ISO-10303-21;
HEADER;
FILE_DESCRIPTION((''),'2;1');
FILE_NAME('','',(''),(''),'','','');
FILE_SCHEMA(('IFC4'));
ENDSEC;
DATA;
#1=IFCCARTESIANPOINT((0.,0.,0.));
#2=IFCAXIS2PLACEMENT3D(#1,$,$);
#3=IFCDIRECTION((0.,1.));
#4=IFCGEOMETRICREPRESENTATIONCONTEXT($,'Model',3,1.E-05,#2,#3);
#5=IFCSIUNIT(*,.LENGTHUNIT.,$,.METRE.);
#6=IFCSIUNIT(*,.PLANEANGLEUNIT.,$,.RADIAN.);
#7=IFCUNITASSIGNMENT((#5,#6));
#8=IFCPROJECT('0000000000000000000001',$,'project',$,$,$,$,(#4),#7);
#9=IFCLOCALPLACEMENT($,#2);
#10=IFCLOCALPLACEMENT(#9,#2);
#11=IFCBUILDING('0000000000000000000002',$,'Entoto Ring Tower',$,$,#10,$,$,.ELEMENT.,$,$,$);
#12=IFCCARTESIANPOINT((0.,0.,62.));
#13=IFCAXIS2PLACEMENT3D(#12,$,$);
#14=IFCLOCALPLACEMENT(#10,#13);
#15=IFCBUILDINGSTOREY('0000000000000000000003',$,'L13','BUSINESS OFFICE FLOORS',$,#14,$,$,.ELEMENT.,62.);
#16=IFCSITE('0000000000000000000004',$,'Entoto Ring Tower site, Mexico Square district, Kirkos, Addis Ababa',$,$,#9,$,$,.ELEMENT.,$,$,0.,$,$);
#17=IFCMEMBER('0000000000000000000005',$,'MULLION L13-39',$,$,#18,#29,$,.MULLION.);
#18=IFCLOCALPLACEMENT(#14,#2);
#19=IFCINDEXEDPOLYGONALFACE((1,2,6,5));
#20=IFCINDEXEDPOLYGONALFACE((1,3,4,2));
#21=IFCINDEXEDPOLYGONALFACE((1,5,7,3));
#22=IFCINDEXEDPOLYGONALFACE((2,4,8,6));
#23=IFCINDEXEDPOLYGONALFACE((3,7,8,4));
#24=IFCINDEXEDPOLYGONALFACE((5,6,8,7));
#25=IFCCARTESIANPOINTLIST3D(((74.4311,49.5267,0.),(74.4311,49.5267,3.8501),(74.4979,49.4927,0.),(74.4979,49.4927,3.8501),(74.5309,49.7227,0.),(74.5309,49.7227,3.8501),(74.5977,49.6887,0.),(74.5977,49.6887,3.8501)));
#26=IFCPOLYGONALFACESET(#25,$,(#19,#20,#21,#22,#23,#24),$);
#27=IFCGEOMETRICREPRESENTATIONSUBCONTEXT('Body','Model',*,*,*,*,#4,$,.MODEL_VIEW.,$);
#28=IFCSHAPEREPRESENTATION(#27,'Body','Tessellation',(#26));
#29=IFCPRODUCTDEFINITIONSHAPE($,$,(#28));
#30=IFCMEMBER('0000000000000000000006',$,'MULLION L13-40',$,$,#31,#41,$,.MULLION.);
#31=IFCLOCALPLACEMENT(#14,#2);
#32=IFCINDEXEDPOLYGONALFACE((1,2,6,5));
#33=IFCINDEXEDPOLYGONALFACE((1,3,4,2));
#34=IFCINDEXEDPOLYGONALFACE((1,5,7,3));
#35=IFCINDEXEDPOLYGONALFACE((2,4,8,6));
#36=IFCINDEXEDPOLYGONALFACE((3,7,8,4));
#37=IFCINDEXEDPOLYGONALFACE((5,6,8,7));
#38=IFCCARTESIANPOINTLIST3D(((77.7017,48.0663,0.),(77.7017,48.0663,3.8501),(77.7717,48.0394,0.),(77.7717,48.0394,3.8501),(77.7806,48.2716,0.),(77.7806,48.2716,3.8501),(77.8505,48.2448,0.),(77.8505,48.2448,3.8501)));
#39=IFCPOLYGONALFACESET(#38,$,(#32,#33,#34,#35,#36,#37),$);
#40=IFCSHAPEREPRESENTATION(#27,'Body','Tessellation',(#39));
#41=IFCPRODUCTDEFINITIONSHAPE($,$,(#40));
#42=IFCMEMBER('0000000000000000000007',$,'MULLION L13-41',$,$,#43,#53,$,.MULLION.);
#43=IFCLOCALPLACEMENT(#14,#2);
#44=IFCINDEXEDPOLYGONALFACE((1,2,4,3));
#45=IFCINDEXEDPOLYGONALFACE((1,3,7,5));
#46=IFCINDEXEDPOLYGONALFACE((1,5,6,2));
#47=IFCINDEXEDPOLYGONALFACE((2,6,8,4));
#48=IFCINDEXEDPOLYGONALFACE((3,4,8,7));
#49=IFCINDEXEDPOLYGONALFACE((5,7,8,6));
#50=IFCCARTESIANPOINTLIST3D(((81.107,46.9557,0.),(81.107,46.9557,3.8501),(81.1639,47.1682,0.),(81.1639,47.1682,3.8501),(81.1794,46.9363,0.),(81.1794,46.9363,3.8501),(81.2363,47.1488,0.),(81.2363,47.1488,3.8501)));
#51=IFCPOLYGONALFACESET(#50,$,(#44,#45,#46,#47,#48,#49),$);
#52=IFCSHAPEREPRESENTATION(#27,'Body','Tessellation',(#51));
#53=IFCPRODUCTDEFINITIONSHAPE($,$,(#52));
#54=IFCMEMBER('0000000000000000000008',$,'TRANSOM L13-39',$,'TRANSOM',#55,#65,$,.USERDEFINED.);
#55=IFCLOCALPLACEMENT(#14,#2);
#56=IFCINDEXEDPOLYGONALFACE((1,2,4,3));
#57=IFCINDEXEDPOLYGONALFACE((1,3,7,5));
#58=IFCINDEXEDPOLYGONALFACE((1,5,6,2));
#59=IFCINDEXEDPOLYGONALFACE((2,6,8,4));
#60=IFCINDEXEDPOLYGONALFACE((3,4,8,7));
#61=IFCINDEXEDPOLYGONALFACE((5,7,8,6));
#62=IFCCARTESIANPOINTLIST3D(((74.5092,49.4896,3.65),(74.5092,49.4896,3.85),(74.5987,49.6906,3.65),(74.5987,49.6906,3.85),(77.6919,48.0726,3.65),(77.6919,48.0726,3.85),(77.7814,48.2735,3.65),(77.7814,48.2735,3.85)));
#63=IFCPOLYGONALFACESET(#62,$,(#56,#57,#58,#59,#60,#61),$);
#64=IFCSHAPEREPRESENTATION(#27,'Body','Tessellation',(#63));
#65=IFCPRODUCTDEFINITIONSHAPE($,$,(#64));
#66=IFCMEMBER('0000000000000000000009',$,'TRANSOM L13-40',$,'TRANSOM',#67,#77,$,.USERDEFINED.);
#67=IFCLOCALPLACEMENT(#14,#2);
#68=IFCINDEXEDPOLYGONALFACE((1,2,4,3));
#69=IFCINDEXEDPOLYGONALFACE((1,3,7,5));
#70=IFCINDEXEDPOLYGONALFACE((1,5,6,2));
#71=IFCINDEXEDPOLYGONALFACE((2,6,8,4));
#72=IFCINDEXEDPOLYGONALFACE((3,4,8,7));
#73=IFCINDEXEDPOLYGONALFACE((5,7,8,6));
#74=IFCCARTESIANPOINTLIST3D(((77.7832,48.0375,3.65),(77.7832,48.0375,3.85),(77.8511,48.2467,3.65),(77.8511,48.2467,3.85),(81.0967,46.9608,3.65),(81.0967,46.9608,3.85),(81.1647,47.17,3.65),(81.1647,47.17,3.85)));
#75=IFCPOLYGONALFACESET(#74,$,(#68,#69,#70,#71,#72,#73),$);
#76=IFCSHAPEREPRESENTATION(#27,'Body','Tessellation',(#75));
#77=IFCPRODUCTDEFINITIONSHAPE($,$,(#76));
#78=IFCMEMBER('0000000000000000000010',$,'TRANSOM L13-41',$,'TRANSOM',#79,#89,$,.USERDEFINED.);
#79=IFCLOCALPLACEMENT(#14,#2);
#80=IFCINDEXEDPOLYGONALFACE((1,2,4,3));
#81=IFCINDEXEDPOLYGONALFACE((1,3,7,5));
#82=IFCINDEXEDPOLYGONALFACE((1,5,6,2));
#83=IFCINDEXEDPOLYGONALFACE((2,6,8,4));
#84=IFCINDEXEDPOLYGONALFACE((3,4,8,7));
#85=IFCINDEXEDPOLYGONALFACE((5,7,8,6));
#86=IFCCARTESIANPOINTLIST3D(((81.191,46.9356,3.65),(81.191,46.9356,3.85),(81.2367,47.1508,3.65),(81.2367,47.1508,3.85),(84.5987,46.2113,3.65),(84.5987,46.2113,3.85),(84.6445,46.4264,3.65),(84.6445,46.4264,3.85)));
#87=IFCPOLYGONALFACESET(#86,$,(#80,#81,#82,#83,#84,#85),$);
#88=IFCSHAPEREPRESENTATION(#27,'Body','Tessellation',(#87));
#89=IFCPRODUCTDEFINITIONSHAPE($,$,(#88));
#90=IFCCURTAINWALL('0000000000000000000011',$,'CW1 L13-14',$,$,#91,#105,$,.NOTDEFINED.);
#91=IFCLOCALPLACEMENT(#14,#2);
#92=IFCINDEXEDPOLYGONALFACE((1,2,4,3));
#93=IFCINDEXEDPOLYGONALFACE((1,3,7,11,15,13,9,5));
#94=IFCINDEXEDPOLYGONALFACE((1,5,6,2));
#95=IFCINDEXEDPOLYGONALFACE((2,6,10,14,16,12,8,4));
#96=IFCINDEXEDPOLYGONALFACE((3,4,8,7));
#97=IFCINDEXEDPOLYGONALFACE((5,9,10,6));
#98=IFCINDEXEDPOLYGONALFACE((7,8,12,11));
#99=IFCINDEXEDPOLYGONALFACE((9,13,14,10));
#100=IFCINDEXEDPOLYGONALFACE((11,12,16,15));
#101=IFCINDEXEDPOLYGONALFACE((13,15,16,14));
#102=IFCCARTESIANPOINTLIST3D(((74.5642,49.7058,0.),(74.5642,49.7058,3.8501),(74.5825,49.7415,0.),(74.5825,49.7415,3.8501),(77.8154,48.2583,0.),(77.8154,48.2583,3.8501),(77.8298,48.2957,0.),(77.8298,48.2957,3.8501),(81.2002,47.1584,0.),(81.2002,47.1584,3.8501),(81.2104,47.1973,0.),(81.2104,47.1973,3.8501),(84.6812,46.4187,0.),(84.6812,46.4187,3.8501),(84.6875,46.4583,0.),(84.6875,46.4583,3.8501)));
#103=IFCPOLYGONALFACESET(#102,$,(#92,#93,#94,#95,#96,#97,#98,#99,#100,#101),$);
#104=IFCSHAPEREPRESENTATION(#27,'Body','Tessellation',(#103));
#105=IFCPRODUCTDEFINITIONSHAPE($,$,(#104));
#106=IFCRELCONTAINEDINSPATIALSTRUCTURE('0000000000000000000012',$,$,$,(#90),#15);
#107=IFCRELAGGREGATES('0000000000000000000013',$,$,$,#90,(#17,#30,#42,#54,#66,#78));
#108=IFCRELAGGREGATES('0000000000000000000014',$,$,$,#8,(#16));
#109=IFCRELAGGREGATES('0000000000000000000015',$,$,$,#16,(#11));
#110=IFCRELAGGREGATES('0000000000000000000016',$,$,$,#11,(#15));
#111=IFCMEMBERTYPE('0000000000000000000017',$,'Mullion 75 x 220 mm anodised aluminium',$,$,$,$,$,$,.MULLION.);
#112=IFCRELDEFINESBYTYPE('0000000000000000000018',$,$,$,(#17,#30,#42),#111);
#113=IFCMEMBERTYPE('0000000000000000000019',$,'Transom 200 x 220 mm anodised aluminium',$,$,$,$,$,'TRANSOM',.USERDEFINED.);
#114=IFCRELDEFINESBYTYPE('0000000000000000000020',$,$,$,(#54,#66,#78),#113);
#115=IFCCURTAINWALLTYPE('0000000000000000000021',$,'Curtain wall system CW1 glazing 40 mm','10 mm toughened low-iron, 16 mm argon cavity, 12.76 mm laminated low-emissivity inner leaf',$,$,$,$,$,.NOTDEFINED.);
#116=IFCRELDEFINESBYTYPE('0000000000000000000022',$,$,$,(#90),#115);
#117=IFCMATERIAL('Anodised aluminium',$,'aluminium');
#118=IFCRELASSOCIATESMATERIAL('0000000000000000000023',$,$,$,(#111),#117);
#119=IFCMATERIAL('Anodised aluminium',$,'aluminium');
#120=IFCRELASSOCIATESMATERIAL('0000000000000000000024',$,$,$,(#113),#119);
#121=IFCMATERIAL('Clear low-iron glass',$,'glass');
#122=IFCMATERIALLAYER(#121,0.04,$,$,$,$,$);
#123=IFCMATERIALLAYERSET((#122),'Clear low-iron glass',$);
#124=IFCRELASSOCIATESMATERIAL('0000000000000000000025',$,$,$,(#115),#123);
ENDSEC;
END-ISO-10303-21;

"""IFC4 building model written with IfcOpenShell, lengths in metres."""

from ifc_helpers import new_model, si_unit, direction, frame, origin, origin_2d, place, context, subcontext, project, spatial, polyline, rectangle, outline, extrude, material, layer, layer_set, material_profile, profile_set, type_object, element, aggregate, save


model = new_model("IFC4")

# Units and contexts
model_context = context("Model", 3, precision=1e-05, world=origin(), true_north=direction((0.0, 1.0)))
body_context = subcontext(model_context, "Body", "Model", "MODEL_VIEW")
ifc_project = project(units=[si_unit("LENGTHUNIT", "METRE"), si_unit("PLANEANGLEUNIT", "RADIAN")], contexts=[model_context])

# Members
ifc_material_1 = material(Name="Anodised aluminium", Category="aluminium")
ifc_material_profile_1 = material_profile(ifc_material_1, rectangle(XDim=0.075, YDim=0.22, at=origin_2d()), Name="Mullion 75 x 220 mm anodised aluminium")
ifc_profile_set_1 = profile_set([ifc_material_profile_1], Name="Anodised aluminium")
member_type_1 = type_object("IfcMemberType", Name="Mullion 75 x 220 mm anodised aluminium", PredefinedType="MULLION", material=ifc_profile_set_1)
site_placement = place(None, origin())
building_placement = place(site_placement, origin())
storey_placement = place(building_placement, frame((0.0, 0.0, 62.0)))
member_1_placement = place(storey_placement, frame((74.5144, 49.6077, 0.0), z_axis=(0.0, 0.0, 1.0), x_axis=(0.891007, -0.45399, 0.0)))
member_1 = element("IfcMember", 1, at=member_1_placement, type_object=member_type_1, Name="MULLION L13-39", PredefinedType="MULLION", context=body_context, shape_type="SweptSolid", body=[
    extrude(rectangle(XDim=0.075, YDim=0.22, at=origin_2d()), origin(), (0.0, 0.0, 1.0), 3.8501),
])
member_2_placement = place(storey_placement, frame((77.7761, 48.1555, 0.0), z_axis=(0.0, 0.0, 1.0), x_axis=(0.93358, -0.358368, 0.0)))
member_2 = element("IfcMember", 2, at=member_2_placement, type_object=member_type_1, Name="MULLION L13-40", PredefinedType="MULLION", context=body_context, shape_type="SweptSolid", body=[
    extrude(rectangle(XDim=0.075, YDim=0.22, at=origin_2d()), origin(), (0.0, 0.0, 1.0), 3.8501),
])
member_3_placement = place(storey_placement, frame((81.1716, 47.0522, 0.0), z_axis=(0.0, 0.0, 1.0), x_axis=(0.965926, -0.258819, 0.0)))
member_3 = element("IfcMember", 3, at=member_3_placement, type_object=member_type_1, Name="MULLION L13-41", PredefinedType="MULLION", context=body_context, shape_type="SweptSolid", body=[
    extrude(rectangle(XDim=0.075, YDim=0.22, at=origin_2d()), origin(), (0.0, 0.0, 1.0), 3.8501),
])
ifc_material_2 = material(Name="Anodised aluminium", Category="aluminium")
ifc_material_profile_2 = material_profile(ifc_material_2, rectangle(XDim=0.22, YDim=0.2, at=origin_2d()), Name="Transom 200 x 220 mm anodised aluminium")
ifc_profile_set_2 = profile_set([ifc_material_profile_2], Name="Anodised aluminium")
member_type_2 = type_object("IfcMemberType", Name="Transom 200 x 220 mm anodised aluminium", ElementType="TRANSOM", PredefinedType="USERDEFINED", material=ifc_profile_set_2)
member_4_placement = place(storey_placement, frame((74.554, 49.5901, 3.75), z_axis=(0.913545, -0.406737, 0.0), x_axis=(0.406737, 0.913545, 0.0)))
member_4 = element("IfcMember", 4, at=member_4_placement, type_object=member_type_2, Name="TRANSOM L13-39", ObjectType="TRANSOM", PredefinedType="USERDEFINED", context=body_context, shape_type="SweptSolid", body=[
    extrude(rectangle(XDim=0.22, YDim=0.2, at=origin_2d()), origin(), (0.0, 0.0, 1.0), 3.4839),
])
member_5_placement = place(storey_placement, frame((77.8171, 48.1421, 3.75), z_axis=(0.951053, -0.309029, 0.0), x_axis=(0.309029, 0.951053, 0.0)))
member_5 = element("IfcMember", 5, at=member_5_placement, type_object=member_type_2, Name="TRANSOM L13-40", ObjectType="TRANSOM", PredefinedType="USERDEFINED", context=body_context, shape_type="SweptSolid", body=[
    extrude(rectangle(XDim=0.22, YDim=0.2, at=origin_2d()), origin(), (0.0, 0.0, 1.0), 3.4841),
])
member_6_placement = place(storey_placement, frame((81.2139, 47.0432, 3.75), z_axis=(0.978146, -0.207921, 0.0), x_axis=(0.207921, 0.978146, 0.0)))
member_6 = element("IfcMember", 6, at=member_6_placement, type_object=member_type_2, Name="TRANSOM L13-41", ObjectType="TRANSOM", PredefinedType="USERDEFINED", context=body_context, shape_type="SweptSolid", body=[
    extrude(rectangle(XDim=0.22, YDim=0.2, at=origin_2d()), origin(), (0.0, 0.0, 1.0), 3.4839),
])

# Site, building, storey
site = spatial("IfcSite", under=ifc_project, at=site_placement, Name="Entoto Ring Tower site, Mexico Square district, Kirkos, Addis Ababa", CompositionType="ELEMENT", RefElevation=0.0)
building = spatial("IfcBuilding", under=site, at=building_placement, Name="Entoto Ring Tower", CompositionType="ELEMENT")
storey = spatial("IfcBuildingStorey", under=building, at=storey_placement, Name="L13", Description="BUSINESS OFFICE FLOORS", CompositionType="ELEMENT", Elevation=62.0)

# Curtain wall
ifc_material_3 = material(Name="Clear low-iron glass", Category="glass")
ifc_layer = layer(ifc_material_3, 0.04)
ifc_layer_set = layer_set([ifc_layer], Name="Clear low-iron glass")
curtain_wall_type = type_object("IfcCurtainWallType", Name="Curtain wall system CW1 glazing 40 mm", Description="10 mm toughened low-iron, 16 mm argon cavity, 12.76 mm laminated low-emissivity inner leaf", PredefinedType="NOTDEFINED", material=ifc_layer_set)
curtain_wall_1_placement = place(storey_placement, origin())
curtain_wall_1 = element("IfcCurtainWall", 7, at=curtain_wall_1_placement, inside=storey, type_object=curtain_wall_type, Name="CW1 L13-14", PredefinedType="NOTDEFINED", context=body_context, shape_type="SweptSolid", body=[
    extrude(outline(polyline([(74.5642, 49.7058), (77.8154, 48.2583), (81.2002, 47.1584), (84.6812, 46.4187), (84.6875, 46.4583), (81.2104, 47.1973), (77.8298, 48.2957), (74.5825, 49.7415), (74.5642, 49.7058)])), origin(), (0.0, 0.0, 1.0), 3.8501),
])
aggregate(curtain_wall_1, [member_1, member_2, member_3, member_4, member_5, member_6])

save(model, "model.ifc")
